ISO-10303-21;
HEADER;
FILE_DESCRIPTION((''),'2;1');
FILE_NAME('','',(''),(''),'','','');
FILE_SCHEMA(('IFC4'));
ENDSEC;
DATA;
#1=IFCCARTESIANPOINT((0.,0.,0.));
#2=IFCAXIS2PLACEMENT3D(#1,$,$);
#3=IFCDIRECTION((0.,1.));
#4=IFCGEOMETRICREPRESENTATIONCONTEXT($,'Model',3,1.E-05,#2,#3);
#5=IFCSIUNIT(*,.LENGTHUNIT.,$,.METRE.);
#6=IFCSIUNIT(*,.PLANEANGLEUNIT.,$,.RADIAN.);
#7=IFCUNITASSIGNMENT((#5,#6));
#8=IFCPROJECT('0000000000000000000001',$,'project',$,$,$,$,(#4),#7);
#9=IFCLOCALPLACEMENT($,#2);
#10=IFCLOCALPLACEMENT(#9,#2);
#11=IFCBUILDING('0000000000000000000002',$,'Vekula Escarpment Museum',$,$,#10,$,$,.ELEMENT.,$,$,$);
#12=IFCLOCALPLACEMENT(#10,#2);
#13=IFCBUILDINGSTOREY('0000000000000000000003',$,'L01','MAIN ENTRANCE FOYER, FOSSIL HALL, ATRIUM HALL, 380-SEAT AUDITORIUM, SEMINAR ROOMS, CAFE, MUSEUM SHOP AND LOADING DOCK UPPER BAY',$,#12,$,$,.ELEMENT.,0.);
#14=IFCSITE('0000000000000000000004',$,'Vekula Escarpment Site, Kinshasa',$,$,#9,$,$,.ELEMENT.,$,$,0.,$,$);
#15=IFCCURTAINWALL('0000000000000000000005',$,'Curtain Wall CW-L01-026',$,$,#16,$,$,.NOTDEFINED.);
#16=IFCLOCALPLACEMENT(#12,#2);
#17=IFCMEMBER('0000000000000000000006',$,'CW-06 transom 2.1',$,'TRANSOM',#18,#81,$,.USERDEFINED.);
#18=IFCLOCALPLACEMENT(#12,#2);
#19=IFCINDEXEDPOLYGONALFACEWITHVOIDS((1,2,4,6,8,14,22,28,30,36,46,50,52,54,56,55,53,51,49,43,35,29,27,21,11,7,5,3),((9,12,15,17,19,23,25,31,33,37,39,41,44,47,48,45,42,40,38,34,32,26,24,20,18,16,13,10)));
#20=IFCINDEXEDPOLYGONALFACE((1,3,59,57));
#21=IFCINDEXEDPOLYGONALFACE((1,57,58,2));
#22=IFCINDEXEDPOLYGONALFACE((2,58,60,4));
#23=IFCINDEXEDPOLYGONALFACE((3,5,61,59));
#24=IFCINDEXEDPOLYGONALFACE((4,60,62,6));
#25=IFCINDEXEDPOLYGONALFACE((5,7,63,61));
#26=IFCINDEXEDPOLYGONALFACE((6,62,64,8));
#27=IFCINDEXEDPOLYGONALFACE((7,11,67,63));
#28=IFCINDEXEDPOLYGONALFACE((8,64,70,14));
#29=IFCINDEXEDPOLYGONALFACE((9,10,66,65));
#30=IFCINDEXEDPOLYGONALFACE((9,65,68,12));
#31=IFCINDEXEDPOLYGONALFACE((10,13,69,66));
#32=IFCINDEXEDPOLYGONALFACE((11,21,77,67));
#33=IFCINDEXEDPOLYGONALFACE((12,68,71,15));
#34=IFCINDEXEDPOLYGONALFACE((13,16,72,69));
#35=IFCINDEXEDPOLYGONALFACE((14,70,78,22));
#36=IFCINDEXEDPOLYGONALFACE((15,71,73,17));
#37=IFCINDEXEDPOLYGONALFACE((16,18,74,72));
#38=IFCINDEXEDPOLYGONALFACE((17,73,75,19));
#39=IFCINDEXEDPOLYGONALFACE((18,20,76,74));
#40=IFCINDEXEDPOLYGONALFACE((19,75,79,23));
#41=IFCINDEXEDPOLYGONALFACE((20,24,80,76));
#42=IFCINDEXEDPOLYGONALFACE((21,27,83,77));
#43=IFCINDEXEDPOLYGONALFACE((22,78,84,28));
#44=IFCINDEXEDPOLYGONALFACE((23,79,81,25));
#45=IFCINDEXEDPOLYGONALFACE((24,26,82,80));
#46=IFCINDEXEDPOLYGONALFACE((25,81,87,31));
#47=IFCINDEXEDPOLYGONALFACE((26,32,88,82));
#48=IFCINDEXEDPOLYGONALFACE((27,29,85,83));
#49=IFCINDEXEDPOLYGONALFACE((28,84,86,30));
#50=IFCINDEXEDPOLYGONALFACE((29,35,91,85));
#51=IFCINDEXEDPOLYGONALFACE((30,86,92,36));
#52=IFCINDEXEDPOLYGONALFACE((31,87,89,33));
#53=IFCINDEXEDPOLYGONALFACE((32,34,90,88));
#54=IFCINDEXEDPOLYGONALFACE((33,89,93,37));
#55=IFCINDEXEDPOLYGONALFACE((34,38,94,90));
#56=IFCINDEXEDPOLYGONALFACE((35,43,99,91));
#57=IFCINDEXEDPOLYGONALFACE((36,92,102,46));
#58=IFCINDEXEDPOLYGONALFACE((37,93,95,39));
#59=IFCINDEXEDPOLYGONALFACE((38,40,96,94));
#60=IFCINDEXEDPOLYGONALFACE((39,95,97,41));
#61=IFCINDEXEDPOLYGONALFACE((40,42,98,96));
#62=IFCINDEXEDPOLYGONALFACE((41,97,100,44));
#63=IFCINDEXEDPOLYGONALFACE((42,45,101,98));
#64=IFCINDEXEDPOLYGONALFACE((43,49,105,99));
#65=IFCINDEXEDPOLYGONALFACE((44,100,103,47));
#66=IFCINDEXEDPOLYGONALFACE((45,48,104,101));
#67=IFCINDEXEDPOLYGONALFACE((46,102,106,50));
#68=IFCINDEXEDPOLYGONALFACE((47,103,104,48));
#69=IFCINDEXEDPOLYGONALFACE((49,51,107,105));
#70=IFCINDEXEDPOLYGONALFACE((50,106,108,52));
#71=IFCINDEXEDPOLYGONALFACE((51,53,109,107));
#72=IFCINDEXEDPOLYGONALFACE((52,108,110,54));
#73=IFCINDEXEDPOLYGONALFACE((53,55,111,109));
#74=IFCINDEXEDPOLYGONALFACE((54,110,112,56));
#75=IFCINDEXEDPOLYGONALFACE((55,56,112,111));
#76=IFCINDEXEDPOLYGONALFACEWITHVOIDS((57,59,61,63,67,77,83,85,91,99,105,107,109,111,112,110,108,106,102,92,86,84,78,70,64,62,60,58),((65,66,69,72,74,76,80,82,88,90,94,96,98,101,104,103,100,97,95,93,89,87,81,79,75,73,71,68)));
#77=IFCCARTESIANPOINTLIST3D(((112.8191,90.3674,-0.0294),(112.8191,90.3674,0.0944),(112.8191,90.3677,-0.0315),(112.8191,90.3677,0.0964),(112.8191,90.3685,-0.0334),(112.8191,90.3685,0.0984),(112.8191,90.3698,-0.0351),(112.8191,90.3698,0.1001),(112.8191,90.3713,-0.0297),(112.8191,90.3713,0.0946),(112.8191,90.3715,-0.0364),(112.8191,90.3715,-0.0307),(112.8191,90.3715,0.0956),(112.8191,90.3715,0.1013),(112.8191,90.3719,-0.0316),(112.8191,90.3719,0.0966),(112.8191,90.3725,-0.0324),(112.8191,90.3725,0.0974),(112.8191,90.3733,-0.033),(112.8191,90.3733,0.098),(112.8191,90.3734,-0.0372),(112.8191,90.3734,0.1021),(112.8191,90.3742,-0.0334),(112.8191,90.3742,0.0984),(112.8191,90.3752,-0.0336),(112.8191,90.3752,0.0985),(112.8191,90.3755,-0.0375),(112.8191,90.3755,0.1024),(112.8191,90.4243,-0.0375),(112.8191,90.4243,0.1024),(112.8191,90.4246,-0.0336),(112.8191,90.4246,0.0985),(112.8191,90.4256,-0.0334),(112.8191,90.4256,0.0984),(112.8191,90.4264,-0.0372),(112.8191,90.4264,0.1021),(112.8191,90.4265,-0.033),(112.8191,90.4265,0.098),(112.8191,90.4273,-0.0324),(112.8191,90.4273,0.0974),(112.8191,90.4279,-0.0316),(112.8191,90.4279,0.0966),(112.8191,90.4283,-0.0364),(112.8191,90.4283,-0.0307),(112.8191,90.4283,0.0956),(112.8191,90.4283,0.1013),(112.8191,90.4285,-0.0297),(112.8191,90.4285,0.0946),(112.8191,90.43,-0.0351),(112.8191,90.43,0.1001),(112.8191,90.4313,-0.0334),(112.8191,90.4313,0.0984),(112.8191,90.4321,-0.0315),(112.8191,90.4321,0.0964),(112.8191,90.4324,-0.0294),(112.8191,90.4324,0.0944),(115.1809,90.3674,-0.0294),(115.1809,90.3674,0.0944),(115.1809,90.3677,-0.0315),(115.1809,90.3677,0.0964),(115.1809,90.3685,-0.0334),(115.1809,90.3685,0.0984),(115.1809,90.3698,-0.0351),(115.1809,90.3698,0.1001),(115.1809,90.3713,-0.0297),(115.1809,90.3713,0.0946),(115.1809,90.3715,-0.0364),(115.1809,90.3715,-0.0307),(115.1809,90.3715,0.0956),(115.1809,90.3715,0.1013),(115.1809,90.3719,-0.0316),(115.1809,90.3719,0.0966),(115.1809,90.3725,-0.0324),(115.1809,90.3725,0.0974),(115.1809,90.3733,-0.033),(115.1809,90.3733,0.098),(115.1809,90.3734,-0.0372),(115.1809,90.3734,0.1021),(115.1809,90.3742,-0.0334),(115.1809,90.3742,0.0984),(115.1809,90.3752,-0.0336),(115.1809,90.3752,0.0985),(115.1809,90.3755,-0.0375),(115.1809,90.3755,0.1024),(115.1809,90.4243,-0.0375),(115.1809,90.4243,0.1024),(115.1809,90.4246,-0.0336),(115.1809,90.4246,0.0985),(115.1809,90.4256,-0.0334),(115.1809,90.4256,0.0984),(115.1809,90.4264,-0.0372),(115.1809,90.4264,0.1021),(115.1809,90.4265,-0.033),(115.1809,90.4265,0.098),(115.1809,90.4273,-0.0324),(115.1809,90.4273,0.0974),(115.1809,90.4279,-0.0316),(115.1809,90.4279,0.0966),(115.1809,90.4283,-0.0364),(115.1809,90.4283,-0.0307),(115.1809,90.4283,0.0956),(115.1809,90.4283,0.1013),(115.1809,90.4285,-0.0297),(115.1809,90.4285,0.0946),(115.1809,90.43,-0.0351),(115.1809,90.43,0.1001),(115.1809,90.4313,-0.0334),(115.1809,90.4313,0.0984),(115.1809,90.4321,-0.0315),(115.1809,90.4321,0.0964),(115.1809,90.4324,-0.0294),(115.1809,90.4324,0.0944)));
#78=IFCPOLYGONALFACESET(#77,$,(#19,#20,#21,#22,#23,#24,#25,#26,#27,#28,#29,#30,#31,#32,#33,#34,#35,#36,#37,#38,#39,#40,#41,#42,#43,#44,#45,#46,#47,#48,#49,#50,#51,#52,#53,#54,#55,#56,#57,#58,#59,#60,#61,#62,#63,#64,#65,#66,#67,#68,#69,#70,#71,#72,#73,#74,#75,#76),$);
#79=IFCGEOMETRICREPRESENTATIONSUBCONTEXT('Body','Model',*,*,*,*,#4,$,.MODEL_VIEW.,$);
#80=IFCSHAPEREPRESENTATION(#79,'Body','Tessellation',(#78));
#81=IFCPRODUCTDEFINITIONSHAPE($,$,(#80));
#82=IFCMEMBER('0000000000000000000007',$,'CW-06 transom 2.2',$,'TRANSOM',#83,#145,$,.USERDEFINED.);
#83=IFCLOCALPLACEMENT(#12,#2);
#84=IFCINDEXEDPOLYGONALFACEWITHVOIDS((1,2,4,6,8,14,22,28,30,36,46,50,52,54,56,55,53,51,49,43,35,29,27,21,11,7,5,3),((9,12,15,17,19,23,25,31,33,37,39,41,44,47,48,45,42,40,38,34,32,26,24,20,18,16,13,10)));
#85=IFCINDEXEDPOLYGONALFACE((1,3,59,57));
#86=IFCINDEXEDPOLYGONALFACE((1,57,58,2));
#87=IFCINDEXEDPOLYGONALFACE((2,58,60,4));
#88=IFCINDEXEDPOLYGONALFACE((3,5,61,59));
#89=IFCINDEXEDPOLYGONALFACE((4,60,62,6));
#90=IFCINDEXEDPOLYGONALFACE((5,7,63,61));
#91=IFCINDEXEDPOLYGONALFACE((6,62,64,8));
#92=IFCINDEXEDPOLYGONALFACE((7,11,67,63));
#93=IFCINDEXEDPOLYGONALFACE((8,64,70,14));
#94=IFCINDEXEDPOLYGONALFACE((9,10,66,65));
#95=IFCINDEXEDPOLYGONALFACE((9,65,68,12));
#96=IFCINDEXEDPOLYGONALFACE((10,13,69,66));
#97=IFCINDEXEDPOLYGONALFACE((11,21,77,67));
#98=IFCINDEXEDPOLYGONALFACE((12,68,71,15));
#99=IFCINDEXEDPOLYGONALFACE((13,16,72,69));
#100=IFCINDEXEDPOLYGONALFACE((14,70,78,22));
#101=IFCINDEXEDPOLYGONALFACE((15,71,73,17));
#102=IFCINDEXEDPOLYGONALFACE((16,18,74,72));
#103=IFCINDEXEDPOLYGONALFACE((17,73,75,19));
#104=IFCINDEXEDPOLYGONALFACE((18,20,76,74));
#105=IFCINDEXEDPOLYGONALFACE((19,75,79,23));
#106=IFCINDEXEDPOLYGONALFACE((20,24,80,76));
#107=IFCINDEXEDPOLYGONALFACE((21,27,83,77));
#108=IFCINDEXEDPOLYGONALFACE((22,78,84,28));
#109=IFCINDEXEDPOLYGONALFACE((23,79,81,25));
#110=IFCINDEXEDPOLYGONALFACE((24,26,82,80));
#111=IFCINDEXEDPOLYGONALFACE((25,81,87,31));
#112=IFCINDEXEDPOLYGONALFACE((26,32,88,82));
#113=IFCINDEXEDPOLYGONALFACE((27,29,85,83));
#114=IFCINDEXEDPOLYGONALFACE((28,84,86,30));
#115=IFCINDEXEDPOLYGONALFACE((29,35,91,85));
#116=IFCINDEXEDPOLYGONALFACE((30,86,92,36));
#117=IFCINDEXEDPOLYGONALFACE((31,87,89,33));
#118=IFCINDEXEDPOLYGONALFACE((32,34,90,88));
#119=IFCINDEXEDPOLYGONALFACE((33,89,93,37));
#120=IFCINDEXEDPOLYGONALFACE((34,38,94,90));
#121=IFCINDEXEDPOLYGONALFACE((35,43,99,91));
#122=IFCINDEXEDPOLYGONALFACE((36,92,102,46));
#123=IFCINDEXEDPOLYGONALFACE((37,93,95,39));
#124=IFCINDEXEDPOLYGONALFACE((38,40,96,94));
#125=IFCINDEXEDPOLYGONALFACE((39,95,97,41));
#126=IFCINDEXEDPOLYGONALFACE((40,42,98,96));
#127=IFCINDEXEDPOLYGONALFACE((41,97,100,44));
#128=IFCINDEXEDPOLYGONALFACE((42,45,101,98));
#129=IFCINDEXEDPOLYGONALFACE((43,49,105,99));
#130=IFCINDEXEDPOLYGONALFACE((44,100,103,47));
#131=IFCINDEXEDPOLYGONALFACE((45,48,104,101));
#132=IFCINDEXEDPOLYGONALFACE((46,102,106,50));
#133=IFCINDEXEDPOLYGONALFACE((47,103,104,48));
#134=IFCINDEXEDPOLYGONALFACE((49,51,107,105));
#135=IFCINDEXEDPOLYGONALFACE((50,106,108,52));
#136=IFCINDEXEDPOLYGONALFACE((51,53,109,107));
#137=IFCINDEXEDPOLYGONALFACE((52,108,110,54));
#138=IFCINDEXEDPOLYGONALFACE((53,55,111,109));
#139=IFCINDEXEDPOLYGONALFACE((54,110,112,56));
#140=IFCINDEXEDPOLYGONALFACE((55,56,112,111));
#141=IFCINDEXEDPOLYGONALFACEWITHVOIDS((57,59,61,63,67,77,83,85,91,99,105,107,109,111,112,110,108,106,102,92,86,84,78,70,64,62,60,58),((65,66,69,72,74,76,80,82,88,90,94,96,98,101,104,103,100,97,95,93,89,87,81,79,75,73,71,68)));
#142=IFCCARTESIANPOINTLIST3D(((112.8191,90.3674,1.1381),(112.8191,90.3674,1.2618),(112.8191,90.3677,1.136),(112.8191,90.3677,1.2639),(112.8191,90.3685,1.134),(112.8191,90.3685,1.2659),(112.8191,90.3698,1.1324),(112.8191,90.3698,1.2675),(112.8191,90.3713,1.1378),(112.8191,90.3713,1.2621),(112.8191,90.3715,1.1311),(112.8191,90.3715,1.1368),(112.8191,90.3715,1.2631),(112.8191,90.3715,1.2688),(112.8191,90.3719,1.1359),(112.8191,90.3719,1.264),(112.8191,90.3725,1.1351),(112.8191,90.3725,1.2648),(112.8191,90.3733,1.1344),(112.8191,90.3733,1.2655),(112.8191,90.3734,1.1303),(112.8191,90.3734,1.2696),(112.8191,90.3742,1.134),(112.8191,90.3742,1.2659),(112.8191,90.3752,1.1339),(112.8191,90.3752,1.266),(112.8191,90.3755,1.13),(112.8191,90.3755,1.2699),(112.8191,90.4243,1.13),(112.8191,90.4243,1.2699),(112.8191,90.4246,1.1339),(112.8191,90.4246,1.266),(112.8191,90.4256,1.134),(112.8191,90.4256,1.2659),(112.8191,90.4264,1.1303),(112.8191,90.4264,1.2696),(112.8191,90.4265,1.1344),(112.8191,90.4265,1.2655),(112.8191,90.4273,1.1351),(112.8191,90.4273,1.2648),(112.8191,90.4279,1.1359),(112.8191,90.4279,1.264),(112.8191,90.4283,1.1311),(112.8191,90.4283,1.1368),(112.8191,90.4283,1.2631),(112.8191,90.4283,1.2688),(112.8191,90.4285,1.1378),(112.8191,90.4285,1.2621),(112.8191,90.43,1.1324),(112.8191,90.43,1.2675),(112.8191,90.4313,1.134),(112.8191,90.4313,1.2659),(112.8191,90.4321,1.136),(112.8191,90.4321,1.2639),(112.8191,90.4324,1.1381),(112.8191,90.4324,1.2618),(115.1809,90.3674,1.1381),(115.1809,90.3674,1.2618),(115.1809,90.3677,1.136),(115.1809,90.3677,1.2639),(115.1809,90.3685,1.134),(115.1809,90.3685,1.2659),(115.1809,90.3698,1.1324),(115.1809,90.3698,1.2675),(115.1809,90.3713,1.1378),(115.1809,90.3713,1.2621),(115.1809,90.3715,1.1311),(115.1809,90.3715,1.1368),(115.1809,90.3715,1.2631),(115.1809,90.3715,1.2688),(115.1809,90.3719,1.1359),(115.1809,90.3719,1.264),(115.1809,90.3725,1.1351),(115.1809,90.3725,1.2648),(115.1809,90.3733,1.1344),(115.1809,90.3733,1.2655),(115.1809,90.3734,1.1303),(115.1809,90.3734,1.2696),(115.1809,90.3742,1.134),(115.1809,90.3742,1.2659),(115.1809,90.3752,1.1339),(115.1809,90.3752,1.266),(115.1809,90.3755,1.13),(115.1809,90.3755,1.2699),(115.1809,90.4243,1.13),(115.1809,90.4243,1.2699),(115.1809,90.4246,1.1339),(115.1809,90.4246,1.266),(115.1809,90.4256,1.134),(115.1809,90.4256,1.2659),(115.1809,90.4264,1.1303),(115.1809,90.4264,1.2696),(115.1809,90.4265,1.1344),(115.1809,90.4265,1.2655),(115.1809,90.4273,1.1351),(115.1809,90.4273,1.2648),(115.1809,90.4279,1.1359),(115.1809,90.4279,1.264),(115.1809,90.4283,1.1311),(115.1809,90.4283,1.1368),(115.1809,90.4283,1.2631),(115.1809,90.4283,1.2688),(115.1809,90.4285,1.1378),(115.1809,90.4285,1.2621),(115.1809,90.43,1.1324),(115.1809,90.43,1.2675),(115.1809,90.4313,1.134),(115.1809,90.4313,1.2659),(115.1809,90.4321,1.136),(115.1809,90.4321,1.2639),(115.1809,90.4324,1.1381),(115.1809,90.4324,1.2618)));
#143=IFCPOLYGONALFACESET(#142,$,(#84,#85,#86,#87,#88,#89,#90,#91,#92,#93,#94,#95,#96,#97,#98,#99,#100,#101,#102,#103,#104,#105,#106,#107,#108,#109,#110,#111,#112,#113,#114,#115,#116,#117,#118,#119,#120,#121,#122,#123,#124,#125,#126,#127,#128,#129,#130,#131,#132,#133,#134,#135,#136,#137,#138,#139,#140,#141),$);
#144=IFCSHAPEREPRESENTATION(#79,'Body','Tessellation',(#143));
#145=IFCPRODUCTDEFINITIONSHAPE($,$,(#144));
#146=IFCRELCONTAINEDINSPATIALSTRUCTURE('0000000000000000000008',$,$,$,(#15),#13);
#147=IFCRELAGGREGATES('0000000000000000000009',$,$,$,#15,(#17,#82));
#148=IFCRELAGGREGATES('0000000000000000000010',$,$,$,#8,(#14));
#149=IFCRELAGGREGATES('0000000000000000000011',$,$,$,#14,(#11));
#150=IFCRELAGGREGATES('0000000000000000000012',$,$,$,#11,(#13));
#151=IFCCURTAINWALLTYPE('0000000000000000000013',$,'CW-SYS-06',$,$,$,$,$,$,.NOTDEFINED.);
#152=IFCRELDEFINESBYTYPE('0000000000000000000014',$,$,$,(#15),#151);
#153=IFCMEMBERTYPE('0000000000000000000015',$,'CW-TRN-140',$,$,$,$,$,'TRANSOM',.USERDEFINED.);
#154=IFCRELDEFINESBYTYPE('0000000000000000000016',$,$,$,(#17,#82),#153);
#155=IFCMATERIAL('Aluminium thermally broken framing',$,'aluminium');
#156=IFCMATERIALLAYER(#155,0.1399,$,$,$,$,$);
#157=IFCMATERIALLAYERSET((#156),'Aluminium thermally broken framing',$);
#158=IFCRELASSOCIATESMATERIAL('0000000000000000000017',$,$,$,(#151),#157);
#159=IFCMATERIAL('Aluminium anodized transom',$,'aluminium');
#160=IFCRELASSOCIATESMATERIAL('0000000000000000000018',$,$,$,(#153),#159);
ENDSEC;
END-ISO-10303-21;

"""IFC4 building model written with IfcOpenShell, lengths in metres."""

from ifc_helpers import new_model, si_unit, direction, frame, origin, origin_2d, place, context, subcontext, project, spatial, hollow_rectangle, extrude, material, layer, layer_set, material_profile, profile_set, type_object, element, aggregate, save


model = new_model("IFC4")

# Units and contexts
model_context = context("Model", 3, precision=1e-05, world=origin(), true_north=direction((0.0, 1.0)))
body_context = subcontext(model_context, "Body", "Model", "MODEL_VIEW")
ifc_project = project(units=[si_unit("LENGTHUNIT", "METRE"), si_unit("PLANEANGLEUNIT", "RADIAN")], contexts=[model_context])

# Site, building, storey
site_placement = place(None, origin())
site = spatial("IfcSite", under=ifc_project, at=site_placement, Name="Vekula Escarpment Site, Kinshasa", CompositionType="ELEMENT", RefElevation=0.0)
building_placement = place(site_placement, origin())
building = spatial("IfcBuilding", under=site, at=building_placement, Name="Vekula Escarpment Museum", CompositionType="ELEMENT")
storey_placement = place(building_placement, origin())
storey = spatial("IfcBuildingStorey", under=building, at=storey_placement, Name="L01", Description="MAIN ENTRANCE FOYER, FOSSIL HALL, ATRIUM HALL, 380-SEAT AUDITORIUM, SEMINAR ROOMS, CAFE, MUSEUM SHOP AND LOADING DOCK UPPER BAY", CompositionType="ELEMENT", Elevation=0.0)

# Curtain wall, members
ifc_material_1 = material(Name="Aluminium thermally broken framing", Category="aluminium")
ifc_layer_1 = layer(ifc_material_1, 0.1399)
ifc_layer_set_1 = layer_set([ifc_layer_1], Name="Aluminium thermally broken framing")
curtain_wall_type = type_object("IfcCurtainWallType", Name="CW-SYS-06", PredefinedType="NOTDEFINED", material=ifc_layer_set_1)
curtain_wall_placement = place(storey_placement, origin())
curtain_wall = element("IfcCurtainWall", 1, at=curtain_wall_placement, inside=storey, type_object=curtain_wall_type, Name="Curtain Wall CW-L01-026", PredefinedType="NOTDEFINED")
ifc_material_2 = material(Name="Aluminium anodized transom", Category="aluminium")
ifc_material_profile_1 = material_profile(ifc_material_2, hollow_rectangle(XDim=0.0649, YDim=0.1399, WallThickness=0.0039, InnerFilletRadius=0.0039, OuterFilletRadius=0.0081, at=origin_2d()), Name="ALU 140x65x4")
ifc_profile_set_1 = profile_set([ifc_material_profile_1], Name="Aluminium anodized transom")
member_type_1 = type_object("IfcMemberType", Name="CW-TRN-140", ElementType="TRANSOM", PredefinedType="USERDEFINED", material=ifc_profile_set_1)
member_1_placement = place(storey_placement, frame((115.1809, 90.3999, 0.0325), z_axis=(-1.0, 0.0, 0.0), x_axis=(0.0, -1.0, 0.0)))
member_1 = element("IfcMember", 2, at=member_1_placement, type_object=member_type_1, Name="CW-06 transom 2.1", ObjectType="TRANSOM", PredefinedType="USERDEFINED", context=body_context, shape_type="SweptSolid", body=[
    extrude(hollow_rectangle(XDim=0.0649, YDim=0.1399, WallThickness=0.0039, InnerFilletRadius=0.0039, OuterFilletRadius=0.0081, at=origin_2d()), origin(), (0.0, 0.0, 1.0), 2.3618),
])
member_2_placement = place(storey_placement, frame((115.1809, 90.3999, 1.2), z_axis=(-1.0, 0.0, 0.0), x_axis=(0.0, -1.0, 0.0)))
member_2 = element("IfcMember", 3, at=member_2_placement, type_object=member_type_1, Name="CW-06 transom 2.2", ObjectType="TRANSOM", PredefinedType="USERDEFINED", context=body_context, shape_type="SweptSolid", body=[
    extrude(hollow_rectangle(XDim=0.0649, YDim=0.1399, WallThickness=0.0039, InnerFilletRadius=0.0039, OuterFilletRadius=0.0081, at=origin_2d()), origin(), (0.0, 0.0, 1.0), 2.3618),
])
aggregate(curtain_wall, [member_1, member_2])

save(model, "model.ifc")
